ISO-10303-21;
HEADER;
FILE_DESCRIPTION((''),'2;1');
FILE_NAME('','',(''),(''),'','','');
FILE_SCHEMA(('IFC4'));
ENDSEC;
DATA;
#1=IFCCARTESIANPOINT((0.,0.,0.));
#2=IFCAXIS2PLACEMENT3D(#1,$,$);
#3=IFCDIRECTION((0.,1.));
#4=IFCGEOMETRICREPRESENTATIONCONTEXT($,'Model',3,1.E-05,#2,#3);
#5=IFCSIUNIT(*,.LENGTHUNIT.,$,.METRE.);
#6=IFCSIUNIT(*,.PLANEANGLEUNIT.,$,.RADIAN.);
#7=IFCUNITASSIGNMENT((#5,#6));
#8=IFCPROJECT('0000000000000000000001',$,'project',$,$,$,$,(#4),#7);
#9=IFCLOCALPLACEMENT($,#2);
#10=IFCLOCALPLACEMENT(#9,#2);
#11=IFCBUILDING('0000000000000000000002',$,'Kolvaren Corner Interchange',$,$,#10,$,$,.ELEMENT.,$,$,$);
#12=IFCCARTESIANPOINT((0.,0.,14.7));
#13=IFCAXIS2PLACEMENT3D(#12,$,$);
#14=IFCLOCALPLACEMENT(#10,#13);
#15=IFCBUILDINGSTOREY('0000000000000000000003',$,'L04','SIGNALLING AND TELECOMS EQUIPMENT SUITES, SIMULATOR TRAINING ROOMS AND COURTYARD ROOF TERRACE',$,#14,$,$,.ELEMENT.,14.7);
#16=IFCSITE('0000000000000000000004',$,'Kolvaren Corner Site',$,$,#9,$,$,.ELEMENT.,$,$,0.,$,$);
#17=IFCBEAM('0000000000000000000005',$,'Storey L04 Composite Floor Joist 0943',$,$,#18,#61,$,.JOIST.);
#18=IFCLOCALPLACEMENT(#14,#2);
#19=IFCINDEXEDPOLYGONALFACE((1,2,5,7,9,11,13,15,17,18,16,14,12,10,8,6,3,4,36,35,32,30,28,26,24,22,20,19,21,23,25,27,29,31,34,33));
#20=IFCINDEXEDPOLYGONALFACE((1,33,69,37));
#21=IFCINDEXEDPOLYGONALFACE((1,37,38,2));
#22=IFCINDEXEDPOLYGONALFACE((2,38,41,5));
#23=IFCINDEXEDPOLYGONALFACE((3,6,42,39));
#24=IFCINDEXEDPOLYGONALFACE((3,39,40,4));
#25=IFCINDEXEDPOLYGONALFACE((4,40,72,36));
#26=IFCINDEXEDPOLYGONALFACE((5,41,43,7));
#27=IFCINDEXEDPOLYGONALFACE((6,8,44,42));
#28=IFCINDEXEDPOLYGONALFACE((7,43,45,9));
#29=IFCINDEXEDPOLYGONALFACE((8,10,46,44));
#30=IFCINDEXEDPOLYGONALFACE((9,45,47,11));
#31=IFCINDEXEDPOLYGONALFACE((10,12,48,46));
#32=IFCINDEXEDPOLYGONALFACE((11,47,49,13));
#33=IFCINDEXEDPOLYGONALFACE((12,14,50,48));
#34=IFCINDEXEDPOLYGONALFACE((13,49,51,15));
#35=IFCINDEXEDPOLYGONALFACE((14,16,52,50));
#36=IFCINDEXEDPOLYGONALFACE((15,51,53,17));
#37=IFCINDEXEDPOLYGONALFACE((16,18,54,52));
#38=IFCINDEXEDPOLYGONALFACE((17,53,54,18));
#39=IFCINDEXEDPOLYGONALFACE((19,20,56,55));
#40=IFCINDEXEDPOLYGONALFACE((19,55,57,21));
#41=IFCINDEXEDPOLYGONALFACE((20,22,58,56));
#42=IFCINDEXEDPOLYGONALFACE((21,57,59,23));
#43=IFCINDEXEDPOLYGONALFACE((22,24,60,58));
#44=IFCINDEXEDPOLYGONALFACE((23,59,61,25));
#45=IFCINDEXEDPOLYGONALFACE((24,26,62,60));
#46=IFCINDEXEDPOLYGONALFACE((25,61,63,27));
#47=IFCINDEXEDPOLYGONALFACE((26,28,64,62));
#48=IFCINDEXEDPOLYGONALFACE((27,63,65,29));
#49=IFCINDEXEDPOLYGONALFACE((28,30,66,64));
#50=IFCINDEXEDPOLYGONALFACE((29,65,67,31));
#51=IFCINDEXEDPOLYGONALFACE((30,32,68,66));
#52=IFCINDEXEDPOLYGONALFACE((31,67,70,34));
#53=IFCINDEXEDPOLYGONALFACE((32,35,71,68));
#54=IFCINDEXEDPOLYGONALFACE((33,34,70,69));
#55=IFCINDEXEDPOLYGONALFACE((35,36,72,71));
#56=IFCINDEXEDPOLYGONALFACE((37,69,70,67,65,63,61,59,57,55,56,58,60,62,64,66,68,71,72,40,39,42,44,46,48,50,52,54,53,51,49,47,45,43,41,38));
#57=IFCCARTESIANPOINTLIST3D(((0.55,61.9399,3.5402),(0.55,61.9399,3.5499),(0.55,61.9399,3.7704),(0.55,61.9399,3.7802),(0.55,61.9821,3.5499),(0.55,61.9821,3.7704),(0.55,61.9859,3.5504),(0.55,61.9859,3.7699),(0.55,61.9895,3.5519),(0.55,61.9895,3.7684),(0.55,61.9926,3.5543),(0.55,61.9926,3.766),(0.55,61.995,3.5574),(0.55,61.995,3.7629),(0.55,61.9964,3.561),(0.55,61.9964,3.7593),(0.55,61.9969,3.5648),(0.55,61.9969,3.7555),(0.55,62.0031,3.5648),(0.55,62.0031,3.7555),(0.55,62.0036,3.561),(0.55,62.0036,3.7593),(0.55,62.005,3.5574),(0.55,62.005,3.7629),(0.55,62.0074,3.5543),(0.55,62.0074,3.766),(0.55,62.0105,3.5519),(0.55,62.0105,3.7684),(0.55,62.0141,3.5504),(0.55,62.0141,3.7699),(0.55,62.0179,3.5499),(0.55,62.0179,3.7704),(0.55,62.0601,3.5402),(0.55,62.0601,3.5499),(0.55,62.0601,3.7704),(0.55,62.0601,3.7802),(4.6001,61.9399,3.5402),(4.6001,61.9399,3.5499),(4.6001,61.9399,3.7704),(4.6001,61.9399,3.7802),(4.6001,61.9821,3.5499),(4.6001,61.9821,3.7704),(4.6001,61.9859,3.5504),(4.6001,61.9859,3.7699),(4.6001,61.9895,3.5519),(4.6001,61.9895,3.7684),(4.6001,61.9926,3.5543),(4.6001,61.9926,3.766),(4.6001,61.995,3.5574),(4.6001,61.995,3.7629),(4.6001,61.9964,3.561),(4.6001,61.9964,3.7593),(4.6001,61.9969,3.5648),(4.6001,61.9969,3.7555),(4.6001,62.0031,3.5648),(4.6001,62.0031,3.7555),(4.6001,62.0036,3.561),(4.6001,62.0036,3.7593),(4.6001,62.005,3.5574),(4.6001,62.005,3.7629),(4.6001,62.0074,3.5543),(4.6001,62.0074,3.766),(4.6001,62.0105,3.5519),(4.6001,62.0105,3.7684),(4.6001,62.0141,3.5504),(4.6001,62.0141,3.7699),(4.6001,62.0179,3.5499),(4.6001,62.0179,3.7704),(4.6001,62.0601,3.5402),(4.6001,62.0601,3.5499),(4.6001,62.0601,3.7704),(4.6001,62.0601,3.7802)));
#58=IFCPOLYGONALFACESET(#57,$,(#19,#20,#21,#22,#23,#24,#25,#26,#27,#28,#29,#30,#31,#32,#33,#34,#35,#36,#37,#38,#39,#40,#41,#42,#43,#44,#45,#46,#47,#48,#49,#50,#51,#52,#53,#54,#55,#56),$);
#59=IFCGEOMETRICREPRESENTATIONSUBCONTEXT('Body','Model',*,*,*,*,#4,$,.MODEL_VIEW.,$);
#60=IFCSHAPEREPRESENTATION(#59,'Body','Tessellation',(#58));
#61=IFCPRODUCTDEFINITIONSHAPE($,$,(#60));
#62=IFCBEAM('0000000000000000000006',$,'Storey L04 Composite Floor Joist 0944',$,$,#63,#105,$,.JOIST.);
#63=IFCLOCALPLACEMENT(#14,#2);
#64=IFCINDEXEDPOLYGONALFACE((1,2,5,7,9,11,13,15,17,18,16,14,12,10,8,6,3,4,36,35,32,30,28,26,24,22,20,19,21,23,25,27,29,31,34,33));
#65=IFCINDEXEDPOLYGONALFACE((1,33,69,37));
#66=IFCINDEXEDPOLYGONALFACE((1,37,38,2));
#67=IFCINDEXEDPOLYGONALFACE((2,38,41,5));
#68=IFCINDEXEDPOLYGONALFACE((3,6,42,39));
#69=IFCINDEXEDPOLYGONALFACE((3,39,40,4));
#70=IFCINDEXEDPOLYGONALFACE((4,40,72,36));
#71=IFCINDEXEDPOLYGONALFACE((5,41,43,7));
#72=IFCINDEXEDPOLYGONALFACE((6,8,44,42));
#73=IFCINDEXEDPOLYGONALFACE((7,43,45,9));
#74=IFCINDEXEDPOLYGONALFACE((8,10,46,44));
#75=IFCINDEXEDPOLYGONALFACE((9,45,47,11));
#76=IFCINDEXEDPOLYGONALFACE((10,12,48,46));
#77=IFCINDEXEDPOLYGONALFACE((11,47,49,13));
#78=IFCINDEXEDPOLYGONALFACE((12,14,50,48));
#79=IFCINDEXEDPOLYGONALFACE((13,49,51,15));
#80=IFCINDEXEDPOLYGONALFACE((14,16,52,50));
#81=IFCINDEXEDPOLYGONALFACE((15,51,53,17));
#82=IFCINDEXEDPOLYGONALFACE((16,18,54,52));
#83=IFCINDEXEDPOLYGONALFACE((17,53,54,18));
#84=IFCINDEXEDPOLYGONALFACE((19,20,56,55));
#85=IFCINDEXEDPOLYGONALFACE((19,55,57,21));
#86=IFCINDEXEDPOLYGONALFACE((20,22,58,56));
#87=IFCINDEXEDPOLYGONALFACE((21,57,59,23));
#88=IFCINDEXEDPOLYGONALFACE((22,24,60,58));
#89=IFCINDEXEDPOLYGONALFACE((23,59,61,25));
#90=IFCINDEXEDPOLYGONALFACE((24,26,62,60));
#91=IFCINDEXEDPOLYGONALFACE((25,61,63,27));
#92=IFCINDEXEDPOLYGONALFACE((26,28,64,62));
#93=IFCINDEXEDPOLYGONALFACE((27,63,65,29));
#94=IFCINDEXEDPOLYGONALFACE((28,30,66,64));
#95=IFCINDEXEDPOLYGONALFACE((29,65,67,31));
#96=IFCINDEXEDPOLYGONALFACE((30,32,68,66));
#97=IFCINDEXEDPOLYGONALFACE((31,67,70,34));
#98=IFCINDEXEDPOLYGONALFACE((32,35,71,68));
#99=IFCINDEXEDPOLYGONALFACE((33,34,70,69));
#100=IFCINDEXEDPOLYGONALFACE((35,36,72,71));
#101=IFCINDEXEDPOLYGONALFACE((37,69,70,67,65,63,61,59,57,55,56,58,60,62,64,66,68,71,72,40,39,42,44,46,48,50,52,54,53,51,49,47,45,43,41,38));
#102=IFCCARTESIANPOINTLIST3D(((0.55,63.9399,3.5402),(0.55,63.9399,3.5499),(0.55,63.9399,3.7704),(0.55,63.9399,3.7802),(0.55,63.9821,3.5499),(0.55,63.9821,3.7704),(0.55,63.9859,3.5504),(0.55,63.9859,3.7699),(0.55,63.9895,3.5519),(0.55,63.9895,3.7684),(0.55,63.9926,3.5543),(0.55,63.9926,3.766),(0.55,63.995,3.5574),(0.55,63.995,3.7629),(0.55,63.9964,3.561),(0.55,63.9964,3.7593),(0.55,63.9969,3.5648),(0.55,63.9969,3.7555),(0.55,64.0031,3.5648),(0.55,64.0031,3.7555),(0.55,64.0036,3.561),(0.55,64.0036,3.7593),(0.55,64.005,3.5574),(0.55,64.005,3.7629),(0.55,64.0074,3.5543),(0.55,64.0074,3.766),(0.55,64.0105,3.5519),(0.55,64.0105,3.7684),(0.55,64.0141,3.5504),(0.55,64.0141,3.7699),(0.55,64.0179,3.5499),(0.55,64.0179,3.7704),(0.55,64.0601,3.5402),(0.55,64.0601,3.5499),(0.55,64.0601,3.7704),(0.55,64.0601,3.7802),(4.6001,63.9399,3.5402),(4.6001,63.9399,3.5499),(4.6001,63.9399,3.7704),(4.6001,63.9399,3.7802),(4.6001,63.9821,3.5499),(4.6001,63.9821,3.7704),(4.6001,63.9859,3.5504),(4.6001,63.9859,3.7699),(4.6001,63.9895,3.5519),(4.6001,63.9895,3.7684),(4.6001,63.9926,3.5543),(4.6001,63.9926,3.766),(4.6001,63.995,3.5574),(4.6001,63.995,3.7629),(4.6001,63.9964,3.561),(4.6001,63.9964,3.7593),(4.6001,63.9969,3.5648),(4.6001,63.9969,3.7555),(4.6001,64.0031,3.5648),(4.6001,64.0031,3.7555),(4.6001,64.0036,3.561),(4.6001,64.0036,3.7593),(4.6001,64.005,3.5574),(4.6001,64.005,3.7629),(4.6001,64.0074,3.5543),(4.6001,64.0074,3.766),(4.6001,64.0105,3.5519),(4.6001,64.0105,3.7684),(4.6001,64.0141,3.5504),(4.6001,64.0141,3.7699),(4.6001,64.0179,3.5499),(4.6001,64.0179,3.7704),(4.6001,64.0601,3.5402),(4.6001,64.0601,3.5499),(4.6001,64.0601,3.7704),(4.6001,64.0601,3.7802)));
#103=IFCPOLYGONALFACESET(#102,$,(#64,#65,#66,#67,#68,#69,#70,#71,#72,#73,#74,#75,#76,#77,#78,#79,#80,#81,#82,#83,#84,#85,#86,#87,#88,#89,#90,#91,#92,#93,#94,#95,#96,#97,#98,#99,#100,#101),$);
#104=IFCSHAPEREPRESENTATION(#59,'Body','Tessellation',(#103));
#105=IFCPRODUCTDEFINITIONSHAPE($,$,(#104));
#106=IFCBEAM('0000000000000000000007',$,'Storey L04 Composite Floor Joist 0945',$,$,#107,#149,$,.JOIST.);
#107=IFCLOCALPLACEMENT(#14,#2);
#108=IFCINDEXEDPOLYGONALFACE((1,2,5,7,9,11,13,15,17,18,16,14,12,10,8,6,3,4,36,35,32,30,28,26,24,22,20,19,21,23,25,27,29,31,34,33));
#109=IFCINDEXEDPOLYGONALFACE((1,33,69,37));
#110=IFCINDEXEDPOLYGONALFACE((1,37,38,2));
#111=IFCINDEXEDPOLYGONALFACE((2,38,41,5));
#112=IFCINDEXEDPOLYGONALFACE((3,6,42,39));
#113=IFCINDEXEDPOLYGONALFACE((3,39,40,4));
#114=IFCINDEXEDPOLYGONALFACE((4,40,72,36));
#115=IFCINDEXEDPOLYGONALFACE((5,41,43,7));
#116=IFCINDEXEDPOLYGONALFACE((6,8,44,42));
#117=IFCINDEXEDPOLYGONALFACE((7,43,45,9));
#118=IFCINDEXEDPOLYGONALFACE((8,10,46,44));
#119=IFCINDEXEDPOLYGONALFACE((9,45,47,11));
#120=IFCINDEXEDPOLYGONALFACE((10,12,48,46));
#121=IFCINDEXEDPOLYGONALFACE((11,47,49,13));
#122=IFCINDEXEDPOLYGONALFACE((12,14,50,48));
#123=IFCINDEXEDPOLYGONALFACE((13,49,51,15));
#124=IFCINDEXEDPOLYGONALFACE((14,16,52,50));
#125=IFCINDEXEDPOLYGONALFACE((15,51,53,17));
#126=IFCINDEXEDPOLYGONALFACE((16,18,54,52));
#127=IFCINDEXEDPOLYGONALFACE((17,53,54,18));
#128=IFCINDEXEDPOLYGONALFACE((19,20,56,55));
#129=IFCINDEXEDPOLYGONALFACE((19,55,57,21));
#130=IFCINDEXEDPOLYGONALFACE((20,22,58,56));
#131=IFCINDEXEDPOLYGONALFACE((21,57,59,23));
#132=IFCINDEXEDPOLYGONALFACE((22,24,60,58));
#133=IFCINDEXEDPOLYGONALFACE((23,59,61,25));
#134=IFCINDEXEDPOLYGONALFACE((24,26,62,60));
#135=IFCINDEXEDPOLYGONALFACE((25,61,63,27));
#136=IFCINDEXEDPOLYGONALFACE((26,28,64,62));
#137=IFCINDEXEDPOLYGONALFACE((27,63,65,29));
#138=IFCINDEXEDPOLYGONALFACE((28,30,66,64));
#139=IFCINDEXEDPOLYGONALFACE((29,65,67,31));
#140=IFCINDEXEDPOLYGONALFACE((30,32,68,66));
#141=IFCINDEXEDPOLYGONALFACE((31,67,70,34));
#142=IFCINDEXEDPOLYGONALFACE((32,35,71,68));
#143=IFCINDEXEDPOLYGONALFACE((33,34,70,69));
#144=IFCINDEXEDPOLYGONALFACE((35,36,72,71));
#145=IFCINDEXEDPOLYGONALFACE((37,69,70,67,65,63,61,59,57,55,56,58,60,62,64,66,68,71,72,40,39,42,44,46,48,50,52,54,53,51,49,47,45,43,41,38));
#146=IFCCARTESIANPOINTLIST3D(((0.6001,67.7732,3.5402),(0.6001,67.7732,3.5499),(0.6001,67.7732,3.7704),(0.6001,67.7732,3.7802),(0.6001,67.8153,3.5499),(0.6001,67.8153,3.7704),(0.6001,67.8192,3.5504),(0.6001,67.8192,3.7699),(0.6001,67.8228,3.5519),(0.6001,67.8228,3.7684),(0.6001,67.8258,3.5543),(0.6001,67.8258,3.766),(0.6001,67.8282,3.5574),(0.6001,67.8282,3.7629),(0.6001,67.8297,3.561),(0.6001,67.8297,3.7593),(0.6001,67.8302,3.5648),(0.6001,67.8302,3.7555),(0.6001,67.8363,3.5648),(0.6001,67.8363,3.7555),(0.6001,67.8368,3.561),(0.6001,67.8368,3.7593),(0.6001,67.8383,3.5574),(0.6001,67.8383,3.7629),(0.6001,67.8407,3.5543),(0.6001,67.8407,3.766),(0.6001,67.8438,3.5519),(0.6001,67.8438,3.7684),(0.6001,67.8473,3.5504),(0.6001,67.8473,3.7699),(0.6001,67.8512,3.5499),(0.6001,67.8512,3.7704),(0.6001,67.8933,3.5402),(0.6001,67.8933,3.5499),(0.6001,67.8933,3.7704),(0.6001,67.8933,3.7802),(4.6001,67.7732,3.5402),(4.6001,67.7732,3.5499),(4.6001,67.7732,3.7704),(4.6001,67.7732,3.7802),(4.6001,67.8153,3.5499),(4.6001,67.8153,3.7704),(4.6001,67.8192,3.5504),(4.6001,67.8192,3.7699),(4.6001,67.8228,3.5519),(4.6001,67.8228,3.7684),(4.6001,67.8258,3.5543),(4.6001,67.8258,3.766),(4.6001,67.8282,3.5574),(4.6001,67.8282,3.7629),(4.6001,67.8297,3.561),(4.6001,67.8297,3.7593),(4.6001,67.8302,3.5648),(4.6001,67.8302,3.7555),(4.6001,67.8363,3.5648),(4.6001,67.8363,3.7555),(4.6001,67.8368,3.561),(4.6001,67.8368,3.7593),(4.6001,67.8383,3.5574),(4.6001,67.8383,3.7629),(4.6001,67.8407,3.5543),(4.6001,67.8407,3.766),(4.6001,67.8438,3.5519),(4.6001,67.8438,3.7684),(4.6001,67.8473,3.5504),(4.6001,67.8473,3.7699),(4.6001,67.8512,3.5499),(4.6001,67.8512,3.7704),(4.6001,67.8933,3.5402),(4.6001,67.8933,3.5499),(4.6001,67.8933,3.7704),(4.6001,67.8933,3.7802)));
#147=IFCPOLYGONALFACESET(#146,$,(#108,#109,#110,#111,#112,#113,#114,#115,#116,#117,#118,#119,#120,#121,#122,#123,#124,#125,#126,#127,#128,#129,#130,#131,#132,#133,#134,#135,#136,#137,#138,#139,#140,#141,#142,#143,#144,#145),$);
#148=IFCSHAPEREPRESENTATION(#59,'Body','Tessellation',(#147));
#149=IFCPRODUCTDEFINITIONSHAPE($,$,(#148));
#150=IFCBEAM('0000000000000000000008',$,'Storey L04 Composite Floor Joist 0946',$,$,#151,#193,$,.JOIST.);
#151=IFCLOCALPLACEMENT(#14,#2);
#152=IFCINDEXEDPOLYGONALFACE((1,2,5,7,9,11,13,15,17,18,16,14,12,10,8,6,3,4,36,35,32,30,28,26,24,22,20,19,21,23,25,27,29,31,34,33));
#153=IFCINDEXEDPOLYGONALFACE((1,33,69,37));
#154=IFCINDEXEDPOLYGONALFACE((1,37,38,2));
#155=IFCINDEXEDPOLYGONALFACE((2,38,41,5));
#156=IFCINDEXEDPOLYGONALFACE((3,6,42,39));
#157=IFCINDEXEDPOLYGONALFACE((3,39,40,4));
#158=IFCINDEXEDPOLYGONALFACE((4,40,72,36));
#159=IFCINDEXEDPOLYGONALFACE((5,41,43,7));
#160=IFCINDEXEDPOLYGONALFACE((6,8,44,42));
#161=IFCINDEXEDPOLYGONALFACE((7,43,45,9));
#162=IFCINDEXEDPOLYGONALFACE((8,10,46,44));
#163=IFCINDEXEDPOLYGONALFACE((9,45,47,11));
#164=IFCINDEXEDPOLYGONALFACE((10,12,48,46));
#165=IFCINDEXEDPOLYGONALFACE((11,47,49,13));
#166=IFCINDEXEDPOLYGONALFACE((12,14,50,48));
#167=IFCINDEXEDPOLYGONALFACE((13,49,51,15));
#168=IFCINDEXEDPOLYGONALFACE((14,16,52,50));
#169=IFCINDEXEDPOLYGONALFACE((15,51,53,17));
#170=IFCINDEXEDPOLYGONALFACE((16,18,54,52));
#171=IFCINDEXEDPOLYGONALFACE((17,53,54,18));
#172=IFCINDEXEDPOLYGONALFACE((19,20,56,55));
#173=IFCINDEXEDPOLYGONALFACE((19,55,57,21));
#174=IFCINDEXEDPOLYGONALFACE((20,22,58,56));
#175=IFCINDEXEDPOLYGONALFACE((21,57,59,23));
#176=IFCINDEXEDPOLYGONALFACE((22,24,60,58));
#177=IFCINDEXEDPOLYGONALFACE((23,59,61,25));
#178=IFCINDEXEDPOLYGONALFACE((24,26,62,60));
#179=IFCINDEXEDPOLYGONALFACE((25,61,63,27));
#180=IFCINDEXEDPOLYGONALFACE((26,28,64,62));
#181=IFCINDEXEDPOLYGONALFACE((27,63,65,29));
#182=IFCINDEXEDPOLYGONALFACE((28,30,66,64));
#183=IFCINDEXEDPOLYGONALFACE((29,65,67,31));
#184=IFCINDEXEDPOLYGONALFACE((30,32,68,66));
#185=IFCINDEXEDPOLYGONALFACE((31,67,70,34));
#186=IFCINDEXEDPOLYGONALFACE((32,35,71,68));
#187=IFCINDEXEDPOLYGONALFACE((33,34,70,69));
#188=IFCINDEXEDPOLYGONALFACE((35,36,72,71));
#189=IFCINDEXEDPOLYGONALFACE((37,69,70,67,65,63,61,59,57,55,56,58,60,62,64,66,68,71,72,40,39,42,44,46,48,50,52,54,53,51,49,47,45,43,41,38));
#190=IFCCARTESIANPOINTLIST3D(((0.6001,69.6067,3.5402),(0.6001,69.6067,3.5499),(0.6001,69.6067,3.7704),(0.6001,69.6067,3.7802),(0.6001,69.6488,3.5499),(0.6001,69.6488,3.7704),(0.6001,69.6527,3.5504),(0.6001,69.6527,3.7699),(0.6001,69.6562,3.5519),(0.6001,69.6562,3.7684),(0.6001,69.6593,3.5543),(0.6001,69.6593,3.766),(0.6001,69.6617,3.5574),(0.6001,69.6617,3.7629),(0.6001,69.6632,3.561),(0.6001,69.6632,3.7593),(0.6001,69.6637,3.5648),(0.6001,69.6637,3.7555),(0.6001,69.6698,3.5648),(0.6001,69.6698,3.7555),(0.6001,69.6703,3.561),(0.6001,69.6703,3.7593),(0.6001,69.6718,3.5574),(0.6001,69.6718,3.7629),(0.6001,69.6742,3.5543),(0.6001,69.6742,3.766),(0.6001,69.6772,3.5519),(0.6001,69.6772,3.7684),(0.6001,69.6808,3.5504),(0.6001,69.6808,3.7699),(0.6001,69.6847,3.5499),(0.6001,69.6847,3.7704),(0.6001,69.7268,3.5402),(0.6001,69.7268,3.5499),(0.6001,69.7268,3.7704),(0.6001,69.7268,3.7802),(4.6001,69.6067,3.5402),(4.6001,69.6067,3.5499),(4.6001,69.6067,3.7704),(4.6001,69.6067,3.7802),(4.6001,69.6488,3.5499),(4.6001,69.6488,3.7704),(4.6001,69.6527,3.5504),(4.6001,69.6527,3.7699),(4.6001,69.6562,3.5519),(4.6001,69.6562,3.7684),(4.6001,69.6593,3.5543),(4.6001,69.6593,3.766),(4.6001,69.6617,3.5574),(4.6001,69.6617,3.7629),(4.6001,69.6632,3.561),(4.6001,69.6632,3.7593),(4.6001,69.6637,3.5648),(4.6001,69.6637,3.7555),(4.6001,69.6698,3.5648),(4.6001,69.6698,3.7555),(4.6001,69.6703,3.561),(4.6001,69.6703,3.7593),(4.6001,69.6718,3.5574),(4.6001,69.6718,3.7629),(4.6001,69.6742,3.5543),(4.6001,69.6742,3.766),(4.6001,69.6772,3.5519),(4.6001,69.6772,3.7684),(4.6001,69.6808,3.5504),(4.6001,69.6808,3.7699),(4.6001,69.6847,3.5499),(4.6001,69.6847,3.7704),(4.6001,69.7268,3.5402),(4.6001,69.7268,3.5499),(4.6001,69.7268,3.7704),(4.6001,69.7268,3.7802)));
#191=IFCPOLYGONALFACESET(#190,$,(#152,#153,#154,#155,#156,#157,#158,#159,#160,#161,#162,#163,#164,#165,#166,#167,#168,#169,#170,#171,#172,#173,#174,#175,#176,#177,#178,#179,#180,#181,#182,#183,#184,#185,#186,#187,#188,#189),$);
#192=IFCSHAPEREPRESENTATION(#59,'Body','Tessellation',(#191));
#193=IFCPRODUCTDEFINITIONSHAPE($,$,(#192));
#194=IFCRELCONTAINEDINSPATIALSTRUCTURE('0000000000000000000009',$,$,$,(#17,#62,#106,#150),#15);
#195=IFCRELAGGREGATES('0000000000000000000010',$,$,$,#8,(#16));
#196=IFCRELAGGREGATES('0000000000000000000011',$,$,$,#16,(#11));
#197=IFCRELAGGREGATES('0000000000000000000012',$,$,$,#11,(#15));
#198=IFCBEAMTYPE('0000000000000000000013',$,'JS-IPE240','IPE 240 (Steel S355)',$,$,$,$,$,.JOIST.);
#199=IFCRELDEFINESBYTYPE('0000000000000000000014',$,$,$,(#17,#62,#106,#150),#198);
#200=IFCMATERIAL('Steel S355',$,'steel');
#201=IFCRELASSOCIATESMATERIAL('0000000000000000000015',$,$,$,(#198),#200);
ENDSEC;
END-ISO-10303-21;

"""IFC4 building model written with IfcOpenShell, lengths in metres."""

from ifc_helpers import new_model, si_unit, direction, frame, origin, origin_2d, place, context, subcontext, project, spatial, i_section, extrude, material, material_profile, profile_set, type_object, element, save


model = new_model("IFC4")

# Units and contexts
model_context = context("Model", 3, precision=1e-05, world=origin(), true_north=direction((0.0, 1.0)))
body_context = subcontext(model_context, "Body", "Model", "MODEL_VIEW")
ifc_project = project(units=[si_unit("LENGTHUNIT", "METRE"), si_unit("PLANEANGLEUNIT", "RADIAN")], contexts=[model_context])

# Site, building, storey
site_placement = place(None, origin())
site = spatial("IfcSite", under=ifc_project, at=site_placement, Name="Kolvaren Corner Site", CompositionType="ELEMENT", RefElevation=0.0)
building_placement = place(site_placement, origin())
building = spatial("IfcBuilding", under=site, at=building_placement, Name="Kolvaren Corner Interchange", CompositionType="ELEMENT")
storey_placement = place(building_placement, frame((0.0, 0.0, 14.7)))
storey = spatial("IfcBuildingStorey", under=building, at=storey_placement, Name="L04", Description="SIGNALLING AND TELECOMS EQUIPMENT SUITES, SIMULATOR TRAINING ROOMS AND COURTYARD ROOF TERRACE", CompositionType="ELEMENT", Elevation=14.7)

# Beams
ifc_material_1 = material(Name="Steel S355", Category="steel")
ifc_material_profile_1 = material_profile(ifc_material_1, i_section(OverallWidth=0.1201, OverallDepth=0.24, WebThickness=0.0061, FlangeThickness=0.0098, FilletRadius=0.0149, at=origin_2d()), Name="IPE 240")
ifc_profile_set_1 = profile_set([ifc_material_profile_1], Name="Steel S355")
beam_type_1 = type_object("IfcBeamType", Name="JS-IPE240", Description="IPE 240 (Steel S355)", PredefinedType="JOIST", material=ifc_profile_set_1)
for number, where, z_axis, x_axis, name in (
    (1, (0.55, 62.0, 3.6602), (1.0, 0.0, 0.0), (0.0, 1.0, 0.0), "Storey L04 Composite Floor Joist 0943"),
    (2, (0.55, 64.0, 3.6602), (1.0, 0.0, 0.0), (0.0, 1.0, 0.0), "Storey L04 Composite Floor Joist 0944"),
):
    element("IfcBeam", number, at=place(storey_placement, frame(where, z_axis=z_axis, x_axis=x_axis)), inside=storey, type_object=beam_type_1, Name=name, PredefinedType="JOIST", context=body_context, shape_type="SweptSolid", body=[
        extrude(i_section(OverallWidth=0.1201, OverallDepth=0.24, WebThickness=0.0061, FlangeThickness=0.0098, FilletRadius=0.0149, at=origin_2d()), origin(), (0.0, 0.0, 1.0), 4.05),
    ])
for number, where, z_axis, x_axis, name in (
    (3, (0.6001, 67.8333, 3.6602), (1.0, 0.0, 0.0), (0.0, 1.0, 0.0), "Storey L04 Composite Floor Joist 0945"),
    (4, (0.6001, 69.6667, 3.6602), (1.0, 0.0, 0.0), (0.0, 1.0, 0.0), "Storey L04 Composite Floor Joist 0946"),
):
    element("IfcBeam", number, at=place(storey_placement, frame(where, z_axis=z_axis, x_axis=x_axis)), inside=storey, type_object=beam_type_1, Name=name, PredefinedType="JOIST", context=body_context, shape_type="SweptSolid", body=[
        extrude(i_section(OverallWidth=0.1201, OverallDepth=0.24, WebThickness=0.0061, FlangeThickness=0.0098, FilletRadius=0.0149, at=origin_2d()), origin(), (0.0, 0.0, 1.0), 4.0),
    ])

save(model, "model.ifc")
